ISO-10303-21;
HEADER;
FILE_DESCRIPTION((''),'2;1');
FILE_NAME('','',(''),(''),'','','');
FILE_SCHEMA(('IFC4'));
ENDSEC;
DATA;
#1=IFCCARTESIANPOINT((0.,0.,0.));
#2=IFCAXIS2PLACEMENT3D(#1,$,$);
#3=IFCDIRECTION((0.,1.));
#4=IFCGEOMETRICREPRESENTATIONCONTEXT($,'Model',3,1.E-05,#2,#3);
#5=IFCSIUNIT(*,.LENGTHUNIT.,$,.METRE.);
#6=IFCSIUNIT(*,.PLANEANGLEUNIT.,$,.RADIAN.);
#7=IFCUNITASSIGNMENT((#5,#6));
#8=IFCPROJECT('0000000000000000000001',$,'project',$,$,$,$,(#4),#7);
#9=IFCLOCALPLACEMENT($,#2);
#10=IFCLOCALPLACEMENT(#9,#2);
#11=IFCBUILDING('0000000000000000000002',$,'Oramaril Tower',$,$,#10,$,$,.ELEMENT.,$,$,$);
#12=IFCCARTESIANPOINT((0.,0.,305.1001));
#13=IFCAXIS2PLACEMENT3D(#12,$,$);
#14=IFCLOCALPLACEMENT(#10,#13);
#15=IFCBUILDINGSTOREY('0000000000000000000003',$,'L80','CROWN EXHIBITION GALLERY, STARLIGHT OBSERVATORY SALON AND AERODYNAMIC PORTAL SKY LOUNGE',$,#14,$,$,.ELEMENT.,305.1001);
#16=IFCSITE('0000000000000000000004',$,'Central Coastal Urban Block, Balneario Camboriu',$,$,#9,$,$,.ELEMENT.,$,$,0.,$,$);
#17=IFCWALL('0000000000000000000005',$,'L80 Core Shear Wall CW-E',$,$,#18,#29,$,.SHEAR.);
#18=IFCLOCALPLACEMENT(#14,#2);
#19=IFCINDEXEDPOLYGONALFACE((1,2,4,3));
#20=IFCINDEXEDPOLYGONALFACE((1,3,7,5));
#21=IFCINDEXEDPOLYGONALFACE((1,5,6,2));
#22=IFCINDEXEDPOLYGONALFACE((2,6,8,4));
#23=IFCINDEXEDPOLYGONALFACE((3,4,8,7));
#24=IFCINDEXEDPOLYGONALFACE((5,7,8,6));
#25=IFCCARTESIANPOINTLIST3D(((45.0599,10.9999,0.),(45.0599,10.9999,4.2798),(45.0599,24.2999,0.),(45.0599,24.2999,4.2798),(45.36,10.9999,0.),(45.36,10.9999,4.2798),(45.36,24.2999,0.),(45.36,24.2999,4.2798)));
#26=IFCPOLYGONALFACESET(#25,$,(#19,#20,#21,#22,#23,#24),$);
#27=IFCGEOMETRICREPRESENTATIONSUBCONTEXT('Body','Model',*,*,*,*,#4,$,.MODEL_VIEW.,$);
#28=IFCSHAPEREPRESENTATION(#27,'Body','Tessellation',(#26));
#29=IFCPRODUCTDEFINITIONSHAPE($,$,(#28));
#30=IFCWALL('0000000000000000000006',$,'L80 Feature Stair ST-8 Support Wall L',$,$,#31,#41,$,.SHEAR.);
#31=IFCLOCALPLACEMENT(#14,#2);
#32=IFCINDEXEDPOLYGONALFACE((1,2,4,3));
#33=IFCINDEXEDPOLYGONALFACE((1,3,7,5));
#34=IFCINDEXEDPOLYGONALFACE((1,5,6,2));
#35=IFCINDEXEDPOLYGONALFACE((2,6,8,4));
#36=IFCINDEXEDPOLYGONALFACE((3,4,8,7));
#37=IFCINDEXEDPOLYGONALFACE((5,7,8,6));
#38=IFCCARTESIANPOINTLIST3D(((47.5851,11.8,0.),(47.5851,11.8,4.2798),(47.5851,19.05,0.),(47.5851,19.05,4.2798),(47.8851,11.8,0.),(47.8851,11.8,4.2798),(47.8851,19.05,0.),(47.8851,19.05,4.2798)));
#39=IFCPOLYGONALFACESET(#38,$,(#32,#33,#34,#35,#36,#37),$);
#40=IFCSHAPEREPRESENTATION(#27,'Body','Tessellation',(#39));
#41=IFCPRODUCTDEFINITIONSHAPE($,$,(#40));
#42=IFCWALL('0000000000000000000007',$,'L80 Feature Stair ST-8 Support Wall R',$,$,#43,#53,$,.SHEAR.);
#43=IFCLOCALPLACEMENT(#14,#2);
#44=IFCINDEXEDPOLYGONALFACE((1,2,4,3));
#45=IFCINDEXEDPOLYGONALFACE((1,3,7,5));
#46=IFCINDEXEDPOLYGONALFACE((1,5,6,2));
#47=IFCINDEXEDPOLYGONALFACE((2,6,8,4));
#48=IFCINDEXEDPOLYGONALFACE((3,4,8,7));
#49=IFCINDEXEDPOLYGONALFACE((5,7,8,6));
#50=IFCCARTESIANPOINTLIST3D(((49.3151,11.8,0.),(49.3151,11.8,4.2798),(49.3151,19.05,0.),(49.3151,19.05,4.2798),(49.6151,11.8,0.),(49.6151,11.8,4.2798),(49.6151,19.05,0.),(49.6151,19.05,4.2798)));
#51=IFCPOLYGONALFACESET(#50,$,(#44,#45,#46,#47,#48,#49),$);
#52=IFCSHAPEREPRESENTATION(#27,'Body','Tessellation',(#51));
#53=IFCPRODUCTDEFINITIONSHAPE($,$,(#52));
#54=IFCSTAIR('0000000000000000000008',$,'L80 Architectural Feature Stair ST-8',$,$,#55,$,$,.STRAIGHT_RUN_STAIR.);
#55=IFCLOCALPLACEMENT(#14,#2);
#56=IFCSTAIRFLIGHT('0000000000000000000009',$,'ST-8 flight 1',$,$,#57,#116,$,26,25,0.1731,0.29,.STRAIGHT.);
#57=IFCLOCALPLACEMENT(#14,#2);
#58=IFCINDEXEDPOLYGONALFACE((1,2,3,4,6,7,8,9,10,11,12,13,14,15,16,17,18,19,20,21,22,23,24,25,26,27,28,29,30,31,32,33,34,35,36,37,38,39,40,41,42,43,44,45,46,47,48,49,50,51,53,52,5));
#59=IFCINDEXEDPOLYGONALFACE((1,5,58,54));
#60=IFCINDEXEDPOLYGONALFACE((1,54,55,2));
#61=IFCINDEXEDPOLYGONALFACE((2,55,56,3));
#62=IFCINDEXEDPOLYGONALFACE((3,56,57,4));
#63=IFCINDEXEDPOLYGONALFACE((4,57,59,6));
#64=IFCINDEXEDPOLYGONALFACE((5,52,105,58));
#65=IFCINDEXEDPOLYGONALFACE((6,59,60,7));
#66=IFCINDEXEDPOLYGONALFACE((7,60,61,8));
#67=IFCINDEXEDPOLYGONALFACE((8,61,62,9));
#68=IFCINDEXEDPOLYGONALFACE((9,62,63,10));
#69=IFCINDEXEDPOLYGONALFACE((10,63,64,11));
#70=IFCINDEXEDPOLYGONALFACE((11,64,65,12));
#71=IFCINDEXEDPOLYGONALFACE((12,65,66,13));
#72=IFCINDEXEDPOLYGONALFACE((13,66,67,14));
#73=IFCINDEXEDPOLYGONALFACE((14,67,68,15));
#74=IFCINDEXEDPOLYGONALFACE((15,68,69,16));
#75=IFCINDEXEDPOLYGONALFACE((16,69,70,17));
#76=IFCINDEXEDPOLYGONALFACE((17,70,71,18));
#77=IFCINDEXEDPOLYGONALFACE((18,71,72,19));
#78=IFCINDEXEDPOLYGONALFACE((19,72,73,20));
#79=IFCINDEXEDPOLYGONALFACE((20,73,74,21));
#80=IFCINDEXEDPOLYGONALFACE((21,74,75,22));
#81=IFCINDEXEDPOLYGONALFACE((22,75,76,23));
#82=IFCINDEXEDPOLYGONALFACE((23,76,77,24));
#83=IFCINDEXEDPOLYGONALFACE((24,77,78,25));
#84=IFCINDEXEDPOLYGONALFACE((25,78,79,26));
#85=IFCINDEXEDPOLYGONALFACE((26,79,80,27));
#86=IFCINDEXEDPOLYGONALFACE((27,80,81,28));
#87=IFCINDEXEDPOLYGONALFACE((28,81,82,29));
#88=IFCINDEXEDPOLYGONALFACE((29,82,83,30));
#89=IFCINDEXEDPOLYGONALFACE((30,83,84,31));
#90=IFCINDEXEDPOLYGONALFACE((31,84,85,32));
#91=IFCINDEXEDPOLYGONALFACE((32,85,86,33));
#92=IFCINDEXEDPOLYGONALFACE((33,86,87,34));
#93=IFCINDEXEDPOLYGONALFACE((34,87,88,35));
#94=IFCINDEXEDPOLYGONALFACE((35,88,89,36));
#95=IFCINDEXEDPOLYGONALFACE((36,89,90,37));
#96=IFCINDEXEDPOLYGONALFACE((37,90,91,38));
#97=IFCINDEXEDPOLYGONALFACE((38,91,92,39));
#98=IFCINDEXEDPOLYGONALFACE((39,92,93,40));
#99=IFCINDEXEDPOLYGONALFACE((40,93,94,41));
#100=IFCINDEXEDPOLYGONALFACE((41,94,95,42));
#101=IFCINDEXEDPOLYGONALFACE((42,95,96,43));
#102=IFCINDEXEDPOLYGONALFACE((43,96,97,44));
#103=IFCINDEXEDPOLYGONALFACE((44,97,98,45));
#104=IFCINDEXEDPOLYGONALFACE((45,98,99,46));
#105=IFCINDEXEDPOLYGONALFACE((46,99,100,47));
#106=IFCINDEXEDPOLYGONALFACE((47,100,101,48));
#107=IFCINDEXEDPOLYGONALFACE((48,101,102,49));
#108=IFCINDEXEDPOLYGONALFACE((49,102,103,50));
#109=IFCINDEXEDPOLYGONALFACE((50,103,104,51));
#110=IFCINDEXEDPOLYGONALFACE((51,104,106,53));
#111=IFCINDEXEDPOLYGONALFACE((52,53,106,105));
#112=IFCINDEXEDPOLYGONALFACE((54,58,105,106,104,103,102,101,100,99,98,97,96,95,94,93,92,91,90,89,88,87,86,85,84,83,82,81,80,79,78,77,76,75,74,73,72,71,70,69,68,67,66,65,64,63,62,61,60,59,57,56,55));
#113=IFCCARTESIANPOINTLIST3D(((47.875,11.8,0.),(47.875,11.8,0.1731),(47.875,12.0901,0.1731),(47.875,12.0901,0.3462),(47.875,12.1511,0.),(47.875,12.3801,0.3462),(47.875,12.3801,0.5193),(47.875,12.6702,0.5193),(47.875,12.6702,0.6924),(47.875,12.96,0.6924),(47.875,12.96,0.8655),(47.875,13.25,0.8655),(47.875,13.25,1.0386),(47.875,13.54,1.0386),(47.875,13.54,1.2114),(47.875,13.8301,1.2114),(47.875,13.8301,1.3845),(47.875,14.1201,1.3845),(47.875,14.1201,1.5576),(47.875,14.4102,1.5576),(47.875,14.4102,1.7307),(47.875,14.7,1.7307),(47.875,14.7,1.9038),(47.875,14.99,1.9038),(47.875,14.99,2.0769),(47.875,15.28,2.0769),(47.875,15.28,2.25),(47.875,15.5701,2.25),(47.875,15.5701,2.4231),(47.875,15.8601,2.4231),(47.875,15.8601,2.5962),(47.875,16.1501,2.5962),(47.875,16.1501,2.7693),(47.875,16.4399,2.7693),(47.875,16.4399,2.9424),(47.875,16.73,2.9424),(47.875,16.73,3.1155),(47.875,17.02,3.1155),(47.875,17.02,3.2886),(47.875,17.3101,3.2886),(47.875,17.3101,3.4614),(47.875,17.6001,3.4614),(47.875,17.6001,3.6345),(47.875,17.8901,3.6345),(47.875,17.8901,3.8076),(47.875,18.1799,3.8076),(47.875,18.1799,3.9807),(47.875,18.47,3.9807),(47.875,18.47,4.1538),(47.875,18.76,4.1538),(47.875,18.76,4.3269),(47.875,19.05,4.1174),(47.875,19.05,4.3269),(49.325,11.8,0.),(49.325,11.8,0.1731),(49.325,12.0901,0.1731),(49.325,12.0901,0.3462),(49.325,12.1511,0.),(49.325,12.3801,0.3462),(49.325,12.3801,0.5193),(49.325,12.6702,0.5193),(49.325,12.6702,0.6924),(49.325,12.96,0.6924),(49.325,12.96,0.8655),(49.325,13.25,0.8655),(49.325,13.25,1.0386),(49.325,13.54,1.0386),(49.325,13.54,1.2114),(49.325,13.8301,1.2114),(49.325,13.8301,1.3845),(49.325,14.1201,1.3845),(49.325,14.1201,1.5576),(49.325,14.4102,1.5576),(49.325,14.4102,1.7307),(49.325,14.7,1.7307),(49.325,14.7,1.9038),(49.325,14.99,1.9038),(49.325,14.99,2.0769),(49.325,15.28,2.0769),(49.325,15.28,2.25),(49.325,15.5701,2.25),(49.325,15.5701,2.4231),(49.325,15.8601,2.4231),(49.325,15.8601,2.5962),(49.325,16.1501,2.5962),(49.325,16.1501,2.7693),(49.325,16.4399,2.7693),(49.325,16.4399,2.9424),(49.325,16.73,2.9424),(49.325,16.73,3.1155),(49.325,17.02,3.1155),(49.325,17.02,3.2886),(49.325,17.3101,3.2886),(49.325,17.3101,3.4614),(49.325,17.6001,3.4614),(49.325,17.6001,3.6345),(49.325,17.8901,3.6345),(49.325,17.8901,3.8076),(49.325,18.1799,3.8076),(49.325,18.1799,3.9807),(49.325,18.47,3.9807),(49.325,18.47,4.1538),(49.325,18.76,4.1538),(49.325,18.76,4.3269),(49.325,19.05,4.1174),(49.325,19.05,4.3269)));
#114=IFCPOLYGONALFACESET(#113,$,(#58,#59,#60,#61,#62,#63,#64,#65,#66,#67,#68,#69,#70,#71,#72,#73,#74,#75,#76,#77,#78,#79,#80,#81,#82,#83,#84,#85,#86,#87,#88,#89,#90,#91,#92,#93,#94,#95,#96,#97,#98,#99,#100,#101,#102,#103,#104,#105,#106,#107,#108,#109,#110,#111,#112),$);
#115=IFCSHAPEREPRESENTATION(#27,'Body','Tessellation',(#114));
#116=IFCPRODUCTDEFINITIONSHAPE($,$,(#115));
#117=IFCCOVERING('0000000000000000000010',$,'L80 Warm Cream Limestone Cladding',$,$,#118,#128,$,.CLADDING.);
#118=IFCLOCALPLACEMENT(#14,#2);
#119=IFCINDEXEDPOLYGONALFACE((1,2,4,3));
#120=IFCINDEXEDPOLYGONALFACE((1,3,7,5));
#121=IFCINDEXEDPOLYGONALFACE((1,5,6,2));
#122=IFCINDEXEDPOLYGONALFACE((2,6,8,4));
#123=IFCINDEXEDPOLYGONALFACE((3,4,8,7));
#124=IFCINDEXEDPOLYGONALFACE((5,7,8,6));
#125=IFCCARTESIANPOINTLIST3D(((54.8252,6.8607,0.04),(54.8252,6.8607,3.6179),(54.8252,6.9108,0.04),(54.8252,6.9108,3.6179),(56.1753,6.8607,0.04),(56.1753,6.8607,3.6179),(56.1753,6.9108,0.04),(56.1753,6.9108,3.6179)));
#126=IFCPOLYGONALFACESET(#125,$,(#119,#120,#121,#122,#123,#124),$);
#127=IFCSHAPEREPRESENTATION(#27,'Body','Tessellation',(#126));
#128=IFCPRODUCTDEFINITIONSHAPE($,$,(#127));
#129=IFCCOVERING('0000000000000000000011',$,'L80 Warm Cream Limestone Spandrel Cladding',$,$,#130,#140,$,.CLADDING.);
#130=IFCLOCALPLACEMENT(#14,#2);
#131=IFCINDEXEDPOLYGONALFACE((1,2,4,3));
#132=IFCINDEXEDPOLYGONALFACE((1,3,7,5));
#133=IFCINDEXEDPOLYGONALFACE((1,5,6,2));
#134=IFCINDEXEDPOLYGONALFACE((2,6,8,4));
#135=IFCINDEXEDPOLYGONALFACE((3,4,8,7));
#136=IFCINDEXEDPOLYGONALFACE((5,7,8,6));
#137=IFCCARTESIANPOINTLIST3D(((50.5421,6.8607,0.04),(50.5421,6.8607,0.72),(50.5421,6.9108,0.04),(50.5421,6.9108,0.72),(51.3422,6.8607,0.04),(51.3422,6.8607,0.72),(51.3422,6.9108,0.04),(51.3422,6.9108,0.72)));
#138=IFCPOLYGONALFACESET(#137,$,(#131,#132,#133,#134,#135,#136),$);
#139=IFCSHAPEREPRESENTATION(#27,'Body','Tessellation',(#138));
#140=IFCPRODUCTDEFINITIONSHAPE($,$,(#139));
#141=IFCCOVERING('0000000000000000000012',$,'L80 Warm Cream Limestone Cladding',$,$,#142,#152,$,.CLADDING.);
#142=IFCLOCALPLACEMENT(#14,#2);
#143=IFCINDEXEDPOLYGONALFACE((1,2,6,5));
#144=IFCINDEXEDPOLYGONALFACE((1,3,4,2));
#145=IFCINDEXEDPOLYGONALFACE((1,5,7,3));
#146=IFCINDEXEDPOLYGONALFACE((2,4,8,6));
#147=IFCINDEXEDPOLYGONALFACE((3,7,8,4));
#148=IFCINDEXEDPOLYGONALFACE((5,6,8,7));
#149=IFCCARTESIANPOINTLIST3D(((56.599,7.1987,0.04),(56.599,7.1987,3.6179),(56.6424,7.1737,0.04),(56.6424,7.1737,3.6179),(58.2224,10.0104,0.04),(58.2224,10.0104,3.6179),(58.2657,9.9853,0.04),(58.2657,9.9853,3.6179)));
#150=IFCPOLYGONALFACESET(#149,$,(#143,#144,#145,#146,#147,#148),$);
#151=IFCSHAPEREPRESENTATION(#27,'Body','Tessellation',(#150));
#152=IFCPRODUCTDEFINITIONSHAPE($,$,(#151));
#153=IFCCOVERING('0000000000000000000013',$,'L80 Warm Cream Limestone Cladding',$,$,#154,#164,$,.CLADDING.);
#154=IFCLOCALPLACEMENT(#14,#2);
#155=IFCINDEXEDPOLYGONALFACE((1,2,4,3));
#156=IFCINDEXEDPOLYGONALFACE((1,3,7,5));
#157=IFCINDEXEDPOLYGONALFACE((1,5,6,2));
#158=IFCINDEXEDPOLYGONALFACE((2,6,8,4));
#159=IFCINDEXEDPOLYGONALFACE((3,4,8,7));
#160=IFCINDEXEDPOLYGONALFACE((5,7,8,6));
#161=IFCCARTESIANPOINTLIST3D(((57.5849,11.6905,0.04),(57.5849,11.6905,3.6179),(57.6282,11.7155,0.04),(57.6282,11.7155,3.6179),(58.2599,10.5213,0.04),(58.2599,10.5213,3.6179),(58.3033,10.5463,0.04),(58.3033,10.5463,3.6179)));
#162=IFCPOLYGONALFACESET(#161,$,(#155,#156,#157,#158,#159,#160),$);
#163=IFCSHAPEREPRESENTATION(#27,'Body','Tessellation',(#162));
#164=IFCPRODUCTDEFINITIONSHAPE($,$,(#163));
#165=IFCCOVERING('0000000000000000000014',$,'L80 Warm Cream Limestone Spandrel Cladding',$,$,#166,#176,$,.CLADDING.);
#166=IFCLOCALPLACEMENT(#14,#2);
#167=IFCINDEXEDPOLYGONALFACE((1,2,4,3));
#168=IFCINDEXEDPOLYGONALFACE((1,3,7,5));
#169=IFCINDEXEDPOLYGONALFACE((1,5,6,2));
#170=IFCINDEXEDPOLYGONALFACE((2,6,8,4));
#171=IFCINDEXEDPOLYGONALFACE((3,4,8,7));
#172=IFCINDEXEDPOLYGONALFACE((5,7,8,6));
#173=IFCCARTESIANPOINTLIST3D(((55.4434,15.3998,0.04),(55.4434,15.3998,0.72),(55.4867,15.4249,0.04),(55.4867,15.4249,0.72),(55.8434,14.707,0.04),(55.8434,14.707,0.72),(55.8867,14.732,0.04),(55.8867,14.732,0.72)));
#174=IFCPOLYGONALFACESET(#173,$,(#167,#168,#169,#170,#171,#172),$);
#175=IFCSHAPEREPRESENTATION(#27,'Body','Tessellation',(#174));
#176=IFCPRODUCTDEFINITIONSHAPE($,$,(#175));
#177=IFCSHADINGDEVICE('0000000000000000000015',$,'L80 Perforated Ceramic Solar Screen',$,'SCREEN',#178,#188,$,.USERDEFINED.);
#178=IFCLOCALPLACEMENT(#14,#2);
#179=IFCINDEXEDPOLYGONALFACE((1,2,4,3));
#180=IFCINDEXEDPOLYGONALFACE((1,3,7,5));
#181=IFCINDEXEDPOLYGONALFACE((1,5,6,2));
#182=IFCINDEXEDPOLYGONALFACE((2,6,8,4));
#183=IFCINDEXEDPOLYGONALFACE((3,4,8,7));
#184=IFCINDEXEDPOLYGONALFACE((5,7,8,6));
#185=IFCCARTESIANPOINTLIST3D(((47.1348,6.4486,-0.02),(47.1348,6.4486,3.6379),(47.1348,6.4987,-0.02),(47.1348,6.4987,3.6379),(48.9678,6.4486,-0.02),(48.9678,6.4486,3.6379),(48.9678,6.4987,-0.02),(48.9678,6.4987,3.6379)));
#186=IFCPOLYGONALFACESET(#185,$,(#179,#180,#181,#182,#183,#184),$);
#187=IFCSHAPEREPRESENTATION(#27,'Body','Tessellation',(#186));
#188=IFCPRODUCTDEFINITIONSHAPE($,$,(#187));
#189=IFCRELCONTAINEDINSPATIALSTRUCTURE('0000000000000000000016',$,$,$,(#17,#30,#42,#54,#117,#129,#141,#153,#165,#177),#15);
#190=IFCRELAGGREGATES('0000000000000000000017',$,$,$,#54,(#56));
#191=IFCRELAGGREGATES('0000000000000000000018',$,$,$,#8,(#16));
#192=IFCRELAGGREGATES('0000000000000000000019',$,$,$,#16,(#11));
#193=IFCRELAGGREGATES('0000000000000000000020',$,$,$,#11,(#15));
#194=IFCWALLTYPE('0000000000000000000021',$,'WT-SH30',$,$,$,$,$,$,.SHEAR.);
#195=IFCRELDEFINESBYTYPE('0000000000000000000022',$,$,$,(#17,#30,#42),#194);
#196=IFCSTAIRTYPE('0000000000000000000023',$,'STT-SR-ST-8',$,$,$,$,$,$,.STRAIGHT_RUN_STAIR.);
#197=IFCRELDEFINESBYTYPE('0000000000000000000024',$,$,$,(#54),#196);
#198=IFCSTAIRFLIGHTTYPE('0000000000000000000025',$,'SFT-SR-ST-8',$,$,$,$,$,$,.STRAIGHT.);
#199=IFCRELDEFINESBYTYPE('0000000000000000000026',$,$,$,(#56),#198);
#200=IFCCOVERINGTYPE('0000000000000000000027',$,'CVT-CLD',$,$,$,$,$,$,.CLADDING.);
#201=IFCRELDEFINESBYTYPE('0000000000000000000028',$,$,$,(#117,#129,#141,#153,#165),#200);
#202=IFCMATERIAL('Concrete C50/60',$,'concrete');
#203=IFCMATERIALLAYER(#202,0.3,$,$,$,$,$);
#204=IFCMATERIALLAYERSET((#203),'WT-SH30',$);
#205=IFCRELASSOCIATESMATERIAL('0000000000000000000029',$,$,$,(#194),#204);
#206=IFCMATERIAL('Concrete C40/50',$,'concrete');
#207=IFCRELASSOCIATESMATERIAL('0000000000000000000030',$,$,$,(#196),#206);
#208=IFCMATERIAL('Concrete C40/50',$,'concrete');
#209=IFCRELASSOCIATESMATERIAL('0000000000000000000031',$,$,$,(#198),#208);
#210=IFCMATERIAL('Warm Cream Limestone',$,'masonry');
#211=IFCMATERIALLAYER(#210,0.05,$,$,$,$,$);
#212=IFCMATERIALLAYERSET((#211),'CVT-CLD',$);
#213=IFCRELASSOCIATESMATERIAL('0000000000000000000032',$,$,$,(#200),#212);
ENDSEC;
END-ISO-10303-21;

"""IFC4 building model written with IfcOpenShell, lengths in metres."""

from ifc_helpers import new_model, si_unit, direction, frame, frame_2d, origin, origin_2d, place, context, subcontext, project, spatial, polyline, rectangle, outline, extrude, material, layer, layer_set, type_object, element, aggregate, save


model = new_model("IFC4")

# Units and contexts
model_context = context("Model", 3, precision=1e-05, world=origin(), true_north=direction((0.0, 1.0)))
body_context = subcontext(model_context, "Body", "Model", "MODEL_VIEW")
ifc_project = project(units=[si_unit("LENGTHUNIT", "METRE"), si_unit("PLANEANGLEUNIT", "RADIAN")], contexts=[model_context])

# Site, building, storey
site_placement = place(None, origin())
site = spatial("IfcSite", under=ifc_project, at=site_placement, Name="Central Coastal Urban Block, Balneario Camboriu", CompositionType="ELEMENT", RefElevation=0.0)
building_placement = place(site_placement, origin())
building = spatial("IfcBuilding", under=site, at=building_placement, Name="Oramaril Tower", CompositionType="ELEMENT")
storey_placement = place(building_placement, frame((0.0, 0.0, 305.1001)))
storey = spatial("IfcBuildingStorey", under=building, at=storey_placement, Name="L80", Description="CROWN EXHIBITION GALLERY, STARLIGHT OBSERVATORY SALON AND AERODYNAMIC PORTAL SKY LOUNGE", CompositionType="ELEMENT", Elevation=305.1001)

# Walls
ifc_material_1 = material(Name="Concrete C50/60", Category="concrete")
ifc_layer_1 = layer(ifc_material_1, 0.3)
ifc_layer_set_1 = layer_set([ifc_layer_1], Name="WT-SH30")
wall_type_1 = type_object("IfcWallType", Name="WT-SH30", PredefinedType="SHEAR", material=ifc_layer_set_1)
wall_1_placement = place(storey_placement, frame((45.21, 11.0, 0.0), z_axis=(0.0, 0.0, 1.0), x_axis=(0.0, 1.0, 0.0)))
element("IfcWall", 1, at=wall_1_placement, inside=storey, type_object=wall_type_1, Name="L80 Core Shear Wall CW-E", PredefinedType="SHEAR", context=body_context, shape_type="SweptSolid", body=[
    extrude(rectangle(XDim=13.3, YDim=0.3, at=frame_2d((6.6499, 0.0))), origin(), (0.0, 0.0, 1.0), 4.2798),
])
for number, where, z_axis, x_axis, name in (
    (2, (47.7351, 11.8, 0.0), (0.0, 0.0, 1.0), (0.0, 1.0, 0.0), "L80 Feature Stair ST-8 Support Wall L"),
    (3, (49.4651, 11.8, 0.0), (0.0, 0.0, 1.0), (0.0, 1.0, 0.0), "L80 Feature Stair ST-8 Support Wall R"),
):
    element("IfcWall", number, at=place(storey_placement, frame(where, z_axis=z_axis, x_axis=x_axis)), inside=storey, type_object=wall_type_1, Name=name, PredefinedType="SHEAR", context=body_context, shape_type="SweptSolid", body=[
        extrude(rectangle(XDim=7.25, YDim=0.3, at=frame_2d((3.625, 0.0))), origin(), (0.0, 0.0, 1.0), 4.2798),
    ])

# Stair, stair flight
ifc_material_2 = material(Name="Concrete C40/50", Category="concrete")
stair_type = type_object("IfcStairType", Name="STT-SR-ST-8", PredefinedType="STRAIGHT_RUN_STAIR", material=ifc_material_2)
stair_placement = place(storey_placement, origin())
stair = element("IfcStair", 4, at=stair_placement, inside=storey, type_object=stair_type, Name="L80 Architectural Feature Stair ST-8", PredefinedType="STRAIGHT_RUN_STAIR")
ifc_material_3 = material(Name="Concrete C40/50", Category="concrete")
stair_flight_type = type_object("IfcStairFlightType", Name="SFT-SR-ST-8", PredefinedType="STRAIGHT", material=ifc_material_3)
stair_flight_placement = place(storey_placement, frame((48.6001, 11.8, 0.0), z_axis=(0.0, 0.0, 1.0), x_axis=(0.0, 1.0, 0.0)))
stair_flight = element("IfcStairFlight", 5, at=stair_flight_placement, type_object=stair_flight_type, Name="ST-8 flight 1", NumberOfRisers=26, NumberOfTreads=25, PredefinedType="STRAIGHT", RiserHeight=0.1731, TreadLength=0.29, context=body_context, shape_type="SweptSolid", body=[
    extrude(outline(polyline([(0.0, 0.0), (0.0, 0.1731), (0.29, 0.1731), (0.29, 0.3462), (0.5801, 0.3462), (0.5801, 0.5193), (0.8701, 0.5193), (0.8701, 0.6924), (1.1599, 0.6924), (1.1599, 0.8655), (1.45, 0.8655), (1.45, 1.0386), (1.74, 1.0386), (1.74, 1.2114), (2.03, 1.2114), (2.03, 1.3845), (2.3201, 1.3845), (2.3201, 1.5576), (2.6101, 1.5576), (2.6101, 1.7307), (2.8999, 1.7307), (2.8999, 1.9038), (3.1899, 1.9038), (3.1899, 2.0769), (3.48, 2.0769), (3.48, 2.25), (3.77, 2.25), (3.77, 2.4231), (4.0601, 2.4231), (4.0601, 2.5962), (4.3501, 2.5962), (4.3501, 2.7693), (4.6399, 2.7693), (4.6399, 2.9424), (4.9299, 2.9424), (4.9299, 3.1155), (5.22, 3.1155), (5.22, 3.2886), (5.51, 3.2886), (5.51, 3.4614), (5.8, 3.4614), (5.8, 3.6345), (6.0901, 3.6345), (6.0901, 3.8076), (6.3799, 3.8076), (6.3799, 3.9807), (6.6699, 3.9807), (6.6699, 4.1538), (6.96, 4.1538), (6.96, 4.3269), (7.25, 4.3269), (7.25, 4.5), (7.25, 4.1174), (0.3511, 0.0), (0.0, 0.0)])), frame((0.0, 0.7251, 0.0), z_axis=(0.0, -1.0, 0.0), x_axis=(1.0, 0.0, 0.0)), (0.0, 0.0, 1.0), 1.45),
])
aggregate(stair, [stair_flight])

# Coverings
ifc_material_4 = material(Name="Warm Cream Limestone", Category="masonry")
ifc_layer_2 = layer(ifc_material_4, 0.05)
ifc_layer_set_2 = layer_set([ifc_layer_2], Name="CVT-CLD")
covering_type = type_object("IfcCoveringType", Name="CVT-CLD", PredefinedType="CLADDING", material=ifc_layer_set_2)
covering_1_placement = place(storey_placement, frame((55.5002, 6.8857, 0.04), z_axis=(0.0, 0.0, 1.0), x_axis=(1.0, 0.0, 0.0)))
element("IfcCovering", 6, at=covering_1_placement, inside=storey, type_object=covering_type, Name="L80 Warm Cream Limestone Cladding", PredefinedType="CLADDING", context=body_context, shape_type="SweptSolid", body=[
    extrude(rectangle(XDim=1.3501, YDim=0.05, at=origin_2d()), origin(), (0.0, 0.0, 1.0), 3.5779),
])
covering_2_placement = place(storey_placement, frame((50.9421, 6.8857, 0.04), z_axis=(0.0, 0.0, 1.0), x_axis=(1.0, 0.0, 0.0)))
element("IfcCovering", 7, at=covering_2_placement, inside=storey, type_object=covering_type, Name="L80 Warm Cream Limestone Spandrel Cladding", PredefinedType="CLADDING", context=body_context, shape_type="SweptSolid", body=[
    extrude(rectangle(XDim=0.8, YDim=0.05, at=origin_2d()), origin(), (0.0, 0.0, 1.0), 0.6799),
])
covering_3_placement = place(storey_placement, frame((57.4324, 8.592, 0.04), z_axis=(0.0, 0.0, 1.0), x_axis=(0.500006, 0.866022, 0.0)))
element("IfcCovering", 8, at=covering_3_placement, inside=storey, type_object=covering_type, Name="L80 Warm Cream Limestone Cladding", PredefinedType="CLADDING", context=body_context, shape_type="SweptSolid", body=[
    extrude(rectangle(XDim=3.2466, YDim=0.05, at=origin_2d()), origin(), (0.0, 0.0, 1.0), 3.5779),
])
covering_4_placement = place(storey_placement, frame((57.9441, 11.1184, 0.04), z_axis=(0.0, 0.0, 1.0), x_axis=(-0.5, 0.866025, 0.0)))
element("IfcCovering", 9, at=covering_4_placement, inside=storey, type_object=covering_type, Name="L80 Warm Cream Limestone Cladding", PredefinedType="CLADDING", context=body_context, shape_type="SweptSolid", body=[
    extrude(rectangle(XDim=1.3501, YDim=0.05, at=origin_2d()), origin(), (0.0, 0.0, 1.0), 3.5779),
])
covering_5_placement = place(storey_placement, frame((55.665, 15.0659, 0.04), z_axis=(0.0, 0.0, 1.0), x_axis=(-0.5, 0.866025, 0.0)))
element("IfcCovering", 10, at=covering_5_placement, inside=storey, type_object=covering_type, Name="L80 Warm Cream Limestone Spandrel Cladding", PredefinedType="CLADDING", context=body_context, shape_type="SweptSolid", body=[
    extrude(rectangle(XDim=0.8, YDim=0.05, at=origin_2d()), origin(), (0.0, 0.0, 1.0), 0.6799),
])

# Shading device
for number, where, z_axis, x_axis, name in (
    (11, (48.0513, 6.4736, -0.02), (0.0, 0.0, 1.0), (1.0, 0.0, 0.0), "L80 Perforated Ceramic Solar Screen"),
):
    element("IfcShadingDevice", number, at=place(storey_placement, frame(where, z_axis=z_axis, x_axis=x_axis)), inside=storey, Name=name, ObjectType="SCREEN", PredefinedType="USERDEFINED", context=body_context, shape_type="SweptSolid", body=[
        extrude(rectangle(XDim=1.833, YDim=0.05, at=origin_2d()), origin(), (0.0, 0.0, 1.0), 3.658),
    ])

save(model, "model.ifc")
